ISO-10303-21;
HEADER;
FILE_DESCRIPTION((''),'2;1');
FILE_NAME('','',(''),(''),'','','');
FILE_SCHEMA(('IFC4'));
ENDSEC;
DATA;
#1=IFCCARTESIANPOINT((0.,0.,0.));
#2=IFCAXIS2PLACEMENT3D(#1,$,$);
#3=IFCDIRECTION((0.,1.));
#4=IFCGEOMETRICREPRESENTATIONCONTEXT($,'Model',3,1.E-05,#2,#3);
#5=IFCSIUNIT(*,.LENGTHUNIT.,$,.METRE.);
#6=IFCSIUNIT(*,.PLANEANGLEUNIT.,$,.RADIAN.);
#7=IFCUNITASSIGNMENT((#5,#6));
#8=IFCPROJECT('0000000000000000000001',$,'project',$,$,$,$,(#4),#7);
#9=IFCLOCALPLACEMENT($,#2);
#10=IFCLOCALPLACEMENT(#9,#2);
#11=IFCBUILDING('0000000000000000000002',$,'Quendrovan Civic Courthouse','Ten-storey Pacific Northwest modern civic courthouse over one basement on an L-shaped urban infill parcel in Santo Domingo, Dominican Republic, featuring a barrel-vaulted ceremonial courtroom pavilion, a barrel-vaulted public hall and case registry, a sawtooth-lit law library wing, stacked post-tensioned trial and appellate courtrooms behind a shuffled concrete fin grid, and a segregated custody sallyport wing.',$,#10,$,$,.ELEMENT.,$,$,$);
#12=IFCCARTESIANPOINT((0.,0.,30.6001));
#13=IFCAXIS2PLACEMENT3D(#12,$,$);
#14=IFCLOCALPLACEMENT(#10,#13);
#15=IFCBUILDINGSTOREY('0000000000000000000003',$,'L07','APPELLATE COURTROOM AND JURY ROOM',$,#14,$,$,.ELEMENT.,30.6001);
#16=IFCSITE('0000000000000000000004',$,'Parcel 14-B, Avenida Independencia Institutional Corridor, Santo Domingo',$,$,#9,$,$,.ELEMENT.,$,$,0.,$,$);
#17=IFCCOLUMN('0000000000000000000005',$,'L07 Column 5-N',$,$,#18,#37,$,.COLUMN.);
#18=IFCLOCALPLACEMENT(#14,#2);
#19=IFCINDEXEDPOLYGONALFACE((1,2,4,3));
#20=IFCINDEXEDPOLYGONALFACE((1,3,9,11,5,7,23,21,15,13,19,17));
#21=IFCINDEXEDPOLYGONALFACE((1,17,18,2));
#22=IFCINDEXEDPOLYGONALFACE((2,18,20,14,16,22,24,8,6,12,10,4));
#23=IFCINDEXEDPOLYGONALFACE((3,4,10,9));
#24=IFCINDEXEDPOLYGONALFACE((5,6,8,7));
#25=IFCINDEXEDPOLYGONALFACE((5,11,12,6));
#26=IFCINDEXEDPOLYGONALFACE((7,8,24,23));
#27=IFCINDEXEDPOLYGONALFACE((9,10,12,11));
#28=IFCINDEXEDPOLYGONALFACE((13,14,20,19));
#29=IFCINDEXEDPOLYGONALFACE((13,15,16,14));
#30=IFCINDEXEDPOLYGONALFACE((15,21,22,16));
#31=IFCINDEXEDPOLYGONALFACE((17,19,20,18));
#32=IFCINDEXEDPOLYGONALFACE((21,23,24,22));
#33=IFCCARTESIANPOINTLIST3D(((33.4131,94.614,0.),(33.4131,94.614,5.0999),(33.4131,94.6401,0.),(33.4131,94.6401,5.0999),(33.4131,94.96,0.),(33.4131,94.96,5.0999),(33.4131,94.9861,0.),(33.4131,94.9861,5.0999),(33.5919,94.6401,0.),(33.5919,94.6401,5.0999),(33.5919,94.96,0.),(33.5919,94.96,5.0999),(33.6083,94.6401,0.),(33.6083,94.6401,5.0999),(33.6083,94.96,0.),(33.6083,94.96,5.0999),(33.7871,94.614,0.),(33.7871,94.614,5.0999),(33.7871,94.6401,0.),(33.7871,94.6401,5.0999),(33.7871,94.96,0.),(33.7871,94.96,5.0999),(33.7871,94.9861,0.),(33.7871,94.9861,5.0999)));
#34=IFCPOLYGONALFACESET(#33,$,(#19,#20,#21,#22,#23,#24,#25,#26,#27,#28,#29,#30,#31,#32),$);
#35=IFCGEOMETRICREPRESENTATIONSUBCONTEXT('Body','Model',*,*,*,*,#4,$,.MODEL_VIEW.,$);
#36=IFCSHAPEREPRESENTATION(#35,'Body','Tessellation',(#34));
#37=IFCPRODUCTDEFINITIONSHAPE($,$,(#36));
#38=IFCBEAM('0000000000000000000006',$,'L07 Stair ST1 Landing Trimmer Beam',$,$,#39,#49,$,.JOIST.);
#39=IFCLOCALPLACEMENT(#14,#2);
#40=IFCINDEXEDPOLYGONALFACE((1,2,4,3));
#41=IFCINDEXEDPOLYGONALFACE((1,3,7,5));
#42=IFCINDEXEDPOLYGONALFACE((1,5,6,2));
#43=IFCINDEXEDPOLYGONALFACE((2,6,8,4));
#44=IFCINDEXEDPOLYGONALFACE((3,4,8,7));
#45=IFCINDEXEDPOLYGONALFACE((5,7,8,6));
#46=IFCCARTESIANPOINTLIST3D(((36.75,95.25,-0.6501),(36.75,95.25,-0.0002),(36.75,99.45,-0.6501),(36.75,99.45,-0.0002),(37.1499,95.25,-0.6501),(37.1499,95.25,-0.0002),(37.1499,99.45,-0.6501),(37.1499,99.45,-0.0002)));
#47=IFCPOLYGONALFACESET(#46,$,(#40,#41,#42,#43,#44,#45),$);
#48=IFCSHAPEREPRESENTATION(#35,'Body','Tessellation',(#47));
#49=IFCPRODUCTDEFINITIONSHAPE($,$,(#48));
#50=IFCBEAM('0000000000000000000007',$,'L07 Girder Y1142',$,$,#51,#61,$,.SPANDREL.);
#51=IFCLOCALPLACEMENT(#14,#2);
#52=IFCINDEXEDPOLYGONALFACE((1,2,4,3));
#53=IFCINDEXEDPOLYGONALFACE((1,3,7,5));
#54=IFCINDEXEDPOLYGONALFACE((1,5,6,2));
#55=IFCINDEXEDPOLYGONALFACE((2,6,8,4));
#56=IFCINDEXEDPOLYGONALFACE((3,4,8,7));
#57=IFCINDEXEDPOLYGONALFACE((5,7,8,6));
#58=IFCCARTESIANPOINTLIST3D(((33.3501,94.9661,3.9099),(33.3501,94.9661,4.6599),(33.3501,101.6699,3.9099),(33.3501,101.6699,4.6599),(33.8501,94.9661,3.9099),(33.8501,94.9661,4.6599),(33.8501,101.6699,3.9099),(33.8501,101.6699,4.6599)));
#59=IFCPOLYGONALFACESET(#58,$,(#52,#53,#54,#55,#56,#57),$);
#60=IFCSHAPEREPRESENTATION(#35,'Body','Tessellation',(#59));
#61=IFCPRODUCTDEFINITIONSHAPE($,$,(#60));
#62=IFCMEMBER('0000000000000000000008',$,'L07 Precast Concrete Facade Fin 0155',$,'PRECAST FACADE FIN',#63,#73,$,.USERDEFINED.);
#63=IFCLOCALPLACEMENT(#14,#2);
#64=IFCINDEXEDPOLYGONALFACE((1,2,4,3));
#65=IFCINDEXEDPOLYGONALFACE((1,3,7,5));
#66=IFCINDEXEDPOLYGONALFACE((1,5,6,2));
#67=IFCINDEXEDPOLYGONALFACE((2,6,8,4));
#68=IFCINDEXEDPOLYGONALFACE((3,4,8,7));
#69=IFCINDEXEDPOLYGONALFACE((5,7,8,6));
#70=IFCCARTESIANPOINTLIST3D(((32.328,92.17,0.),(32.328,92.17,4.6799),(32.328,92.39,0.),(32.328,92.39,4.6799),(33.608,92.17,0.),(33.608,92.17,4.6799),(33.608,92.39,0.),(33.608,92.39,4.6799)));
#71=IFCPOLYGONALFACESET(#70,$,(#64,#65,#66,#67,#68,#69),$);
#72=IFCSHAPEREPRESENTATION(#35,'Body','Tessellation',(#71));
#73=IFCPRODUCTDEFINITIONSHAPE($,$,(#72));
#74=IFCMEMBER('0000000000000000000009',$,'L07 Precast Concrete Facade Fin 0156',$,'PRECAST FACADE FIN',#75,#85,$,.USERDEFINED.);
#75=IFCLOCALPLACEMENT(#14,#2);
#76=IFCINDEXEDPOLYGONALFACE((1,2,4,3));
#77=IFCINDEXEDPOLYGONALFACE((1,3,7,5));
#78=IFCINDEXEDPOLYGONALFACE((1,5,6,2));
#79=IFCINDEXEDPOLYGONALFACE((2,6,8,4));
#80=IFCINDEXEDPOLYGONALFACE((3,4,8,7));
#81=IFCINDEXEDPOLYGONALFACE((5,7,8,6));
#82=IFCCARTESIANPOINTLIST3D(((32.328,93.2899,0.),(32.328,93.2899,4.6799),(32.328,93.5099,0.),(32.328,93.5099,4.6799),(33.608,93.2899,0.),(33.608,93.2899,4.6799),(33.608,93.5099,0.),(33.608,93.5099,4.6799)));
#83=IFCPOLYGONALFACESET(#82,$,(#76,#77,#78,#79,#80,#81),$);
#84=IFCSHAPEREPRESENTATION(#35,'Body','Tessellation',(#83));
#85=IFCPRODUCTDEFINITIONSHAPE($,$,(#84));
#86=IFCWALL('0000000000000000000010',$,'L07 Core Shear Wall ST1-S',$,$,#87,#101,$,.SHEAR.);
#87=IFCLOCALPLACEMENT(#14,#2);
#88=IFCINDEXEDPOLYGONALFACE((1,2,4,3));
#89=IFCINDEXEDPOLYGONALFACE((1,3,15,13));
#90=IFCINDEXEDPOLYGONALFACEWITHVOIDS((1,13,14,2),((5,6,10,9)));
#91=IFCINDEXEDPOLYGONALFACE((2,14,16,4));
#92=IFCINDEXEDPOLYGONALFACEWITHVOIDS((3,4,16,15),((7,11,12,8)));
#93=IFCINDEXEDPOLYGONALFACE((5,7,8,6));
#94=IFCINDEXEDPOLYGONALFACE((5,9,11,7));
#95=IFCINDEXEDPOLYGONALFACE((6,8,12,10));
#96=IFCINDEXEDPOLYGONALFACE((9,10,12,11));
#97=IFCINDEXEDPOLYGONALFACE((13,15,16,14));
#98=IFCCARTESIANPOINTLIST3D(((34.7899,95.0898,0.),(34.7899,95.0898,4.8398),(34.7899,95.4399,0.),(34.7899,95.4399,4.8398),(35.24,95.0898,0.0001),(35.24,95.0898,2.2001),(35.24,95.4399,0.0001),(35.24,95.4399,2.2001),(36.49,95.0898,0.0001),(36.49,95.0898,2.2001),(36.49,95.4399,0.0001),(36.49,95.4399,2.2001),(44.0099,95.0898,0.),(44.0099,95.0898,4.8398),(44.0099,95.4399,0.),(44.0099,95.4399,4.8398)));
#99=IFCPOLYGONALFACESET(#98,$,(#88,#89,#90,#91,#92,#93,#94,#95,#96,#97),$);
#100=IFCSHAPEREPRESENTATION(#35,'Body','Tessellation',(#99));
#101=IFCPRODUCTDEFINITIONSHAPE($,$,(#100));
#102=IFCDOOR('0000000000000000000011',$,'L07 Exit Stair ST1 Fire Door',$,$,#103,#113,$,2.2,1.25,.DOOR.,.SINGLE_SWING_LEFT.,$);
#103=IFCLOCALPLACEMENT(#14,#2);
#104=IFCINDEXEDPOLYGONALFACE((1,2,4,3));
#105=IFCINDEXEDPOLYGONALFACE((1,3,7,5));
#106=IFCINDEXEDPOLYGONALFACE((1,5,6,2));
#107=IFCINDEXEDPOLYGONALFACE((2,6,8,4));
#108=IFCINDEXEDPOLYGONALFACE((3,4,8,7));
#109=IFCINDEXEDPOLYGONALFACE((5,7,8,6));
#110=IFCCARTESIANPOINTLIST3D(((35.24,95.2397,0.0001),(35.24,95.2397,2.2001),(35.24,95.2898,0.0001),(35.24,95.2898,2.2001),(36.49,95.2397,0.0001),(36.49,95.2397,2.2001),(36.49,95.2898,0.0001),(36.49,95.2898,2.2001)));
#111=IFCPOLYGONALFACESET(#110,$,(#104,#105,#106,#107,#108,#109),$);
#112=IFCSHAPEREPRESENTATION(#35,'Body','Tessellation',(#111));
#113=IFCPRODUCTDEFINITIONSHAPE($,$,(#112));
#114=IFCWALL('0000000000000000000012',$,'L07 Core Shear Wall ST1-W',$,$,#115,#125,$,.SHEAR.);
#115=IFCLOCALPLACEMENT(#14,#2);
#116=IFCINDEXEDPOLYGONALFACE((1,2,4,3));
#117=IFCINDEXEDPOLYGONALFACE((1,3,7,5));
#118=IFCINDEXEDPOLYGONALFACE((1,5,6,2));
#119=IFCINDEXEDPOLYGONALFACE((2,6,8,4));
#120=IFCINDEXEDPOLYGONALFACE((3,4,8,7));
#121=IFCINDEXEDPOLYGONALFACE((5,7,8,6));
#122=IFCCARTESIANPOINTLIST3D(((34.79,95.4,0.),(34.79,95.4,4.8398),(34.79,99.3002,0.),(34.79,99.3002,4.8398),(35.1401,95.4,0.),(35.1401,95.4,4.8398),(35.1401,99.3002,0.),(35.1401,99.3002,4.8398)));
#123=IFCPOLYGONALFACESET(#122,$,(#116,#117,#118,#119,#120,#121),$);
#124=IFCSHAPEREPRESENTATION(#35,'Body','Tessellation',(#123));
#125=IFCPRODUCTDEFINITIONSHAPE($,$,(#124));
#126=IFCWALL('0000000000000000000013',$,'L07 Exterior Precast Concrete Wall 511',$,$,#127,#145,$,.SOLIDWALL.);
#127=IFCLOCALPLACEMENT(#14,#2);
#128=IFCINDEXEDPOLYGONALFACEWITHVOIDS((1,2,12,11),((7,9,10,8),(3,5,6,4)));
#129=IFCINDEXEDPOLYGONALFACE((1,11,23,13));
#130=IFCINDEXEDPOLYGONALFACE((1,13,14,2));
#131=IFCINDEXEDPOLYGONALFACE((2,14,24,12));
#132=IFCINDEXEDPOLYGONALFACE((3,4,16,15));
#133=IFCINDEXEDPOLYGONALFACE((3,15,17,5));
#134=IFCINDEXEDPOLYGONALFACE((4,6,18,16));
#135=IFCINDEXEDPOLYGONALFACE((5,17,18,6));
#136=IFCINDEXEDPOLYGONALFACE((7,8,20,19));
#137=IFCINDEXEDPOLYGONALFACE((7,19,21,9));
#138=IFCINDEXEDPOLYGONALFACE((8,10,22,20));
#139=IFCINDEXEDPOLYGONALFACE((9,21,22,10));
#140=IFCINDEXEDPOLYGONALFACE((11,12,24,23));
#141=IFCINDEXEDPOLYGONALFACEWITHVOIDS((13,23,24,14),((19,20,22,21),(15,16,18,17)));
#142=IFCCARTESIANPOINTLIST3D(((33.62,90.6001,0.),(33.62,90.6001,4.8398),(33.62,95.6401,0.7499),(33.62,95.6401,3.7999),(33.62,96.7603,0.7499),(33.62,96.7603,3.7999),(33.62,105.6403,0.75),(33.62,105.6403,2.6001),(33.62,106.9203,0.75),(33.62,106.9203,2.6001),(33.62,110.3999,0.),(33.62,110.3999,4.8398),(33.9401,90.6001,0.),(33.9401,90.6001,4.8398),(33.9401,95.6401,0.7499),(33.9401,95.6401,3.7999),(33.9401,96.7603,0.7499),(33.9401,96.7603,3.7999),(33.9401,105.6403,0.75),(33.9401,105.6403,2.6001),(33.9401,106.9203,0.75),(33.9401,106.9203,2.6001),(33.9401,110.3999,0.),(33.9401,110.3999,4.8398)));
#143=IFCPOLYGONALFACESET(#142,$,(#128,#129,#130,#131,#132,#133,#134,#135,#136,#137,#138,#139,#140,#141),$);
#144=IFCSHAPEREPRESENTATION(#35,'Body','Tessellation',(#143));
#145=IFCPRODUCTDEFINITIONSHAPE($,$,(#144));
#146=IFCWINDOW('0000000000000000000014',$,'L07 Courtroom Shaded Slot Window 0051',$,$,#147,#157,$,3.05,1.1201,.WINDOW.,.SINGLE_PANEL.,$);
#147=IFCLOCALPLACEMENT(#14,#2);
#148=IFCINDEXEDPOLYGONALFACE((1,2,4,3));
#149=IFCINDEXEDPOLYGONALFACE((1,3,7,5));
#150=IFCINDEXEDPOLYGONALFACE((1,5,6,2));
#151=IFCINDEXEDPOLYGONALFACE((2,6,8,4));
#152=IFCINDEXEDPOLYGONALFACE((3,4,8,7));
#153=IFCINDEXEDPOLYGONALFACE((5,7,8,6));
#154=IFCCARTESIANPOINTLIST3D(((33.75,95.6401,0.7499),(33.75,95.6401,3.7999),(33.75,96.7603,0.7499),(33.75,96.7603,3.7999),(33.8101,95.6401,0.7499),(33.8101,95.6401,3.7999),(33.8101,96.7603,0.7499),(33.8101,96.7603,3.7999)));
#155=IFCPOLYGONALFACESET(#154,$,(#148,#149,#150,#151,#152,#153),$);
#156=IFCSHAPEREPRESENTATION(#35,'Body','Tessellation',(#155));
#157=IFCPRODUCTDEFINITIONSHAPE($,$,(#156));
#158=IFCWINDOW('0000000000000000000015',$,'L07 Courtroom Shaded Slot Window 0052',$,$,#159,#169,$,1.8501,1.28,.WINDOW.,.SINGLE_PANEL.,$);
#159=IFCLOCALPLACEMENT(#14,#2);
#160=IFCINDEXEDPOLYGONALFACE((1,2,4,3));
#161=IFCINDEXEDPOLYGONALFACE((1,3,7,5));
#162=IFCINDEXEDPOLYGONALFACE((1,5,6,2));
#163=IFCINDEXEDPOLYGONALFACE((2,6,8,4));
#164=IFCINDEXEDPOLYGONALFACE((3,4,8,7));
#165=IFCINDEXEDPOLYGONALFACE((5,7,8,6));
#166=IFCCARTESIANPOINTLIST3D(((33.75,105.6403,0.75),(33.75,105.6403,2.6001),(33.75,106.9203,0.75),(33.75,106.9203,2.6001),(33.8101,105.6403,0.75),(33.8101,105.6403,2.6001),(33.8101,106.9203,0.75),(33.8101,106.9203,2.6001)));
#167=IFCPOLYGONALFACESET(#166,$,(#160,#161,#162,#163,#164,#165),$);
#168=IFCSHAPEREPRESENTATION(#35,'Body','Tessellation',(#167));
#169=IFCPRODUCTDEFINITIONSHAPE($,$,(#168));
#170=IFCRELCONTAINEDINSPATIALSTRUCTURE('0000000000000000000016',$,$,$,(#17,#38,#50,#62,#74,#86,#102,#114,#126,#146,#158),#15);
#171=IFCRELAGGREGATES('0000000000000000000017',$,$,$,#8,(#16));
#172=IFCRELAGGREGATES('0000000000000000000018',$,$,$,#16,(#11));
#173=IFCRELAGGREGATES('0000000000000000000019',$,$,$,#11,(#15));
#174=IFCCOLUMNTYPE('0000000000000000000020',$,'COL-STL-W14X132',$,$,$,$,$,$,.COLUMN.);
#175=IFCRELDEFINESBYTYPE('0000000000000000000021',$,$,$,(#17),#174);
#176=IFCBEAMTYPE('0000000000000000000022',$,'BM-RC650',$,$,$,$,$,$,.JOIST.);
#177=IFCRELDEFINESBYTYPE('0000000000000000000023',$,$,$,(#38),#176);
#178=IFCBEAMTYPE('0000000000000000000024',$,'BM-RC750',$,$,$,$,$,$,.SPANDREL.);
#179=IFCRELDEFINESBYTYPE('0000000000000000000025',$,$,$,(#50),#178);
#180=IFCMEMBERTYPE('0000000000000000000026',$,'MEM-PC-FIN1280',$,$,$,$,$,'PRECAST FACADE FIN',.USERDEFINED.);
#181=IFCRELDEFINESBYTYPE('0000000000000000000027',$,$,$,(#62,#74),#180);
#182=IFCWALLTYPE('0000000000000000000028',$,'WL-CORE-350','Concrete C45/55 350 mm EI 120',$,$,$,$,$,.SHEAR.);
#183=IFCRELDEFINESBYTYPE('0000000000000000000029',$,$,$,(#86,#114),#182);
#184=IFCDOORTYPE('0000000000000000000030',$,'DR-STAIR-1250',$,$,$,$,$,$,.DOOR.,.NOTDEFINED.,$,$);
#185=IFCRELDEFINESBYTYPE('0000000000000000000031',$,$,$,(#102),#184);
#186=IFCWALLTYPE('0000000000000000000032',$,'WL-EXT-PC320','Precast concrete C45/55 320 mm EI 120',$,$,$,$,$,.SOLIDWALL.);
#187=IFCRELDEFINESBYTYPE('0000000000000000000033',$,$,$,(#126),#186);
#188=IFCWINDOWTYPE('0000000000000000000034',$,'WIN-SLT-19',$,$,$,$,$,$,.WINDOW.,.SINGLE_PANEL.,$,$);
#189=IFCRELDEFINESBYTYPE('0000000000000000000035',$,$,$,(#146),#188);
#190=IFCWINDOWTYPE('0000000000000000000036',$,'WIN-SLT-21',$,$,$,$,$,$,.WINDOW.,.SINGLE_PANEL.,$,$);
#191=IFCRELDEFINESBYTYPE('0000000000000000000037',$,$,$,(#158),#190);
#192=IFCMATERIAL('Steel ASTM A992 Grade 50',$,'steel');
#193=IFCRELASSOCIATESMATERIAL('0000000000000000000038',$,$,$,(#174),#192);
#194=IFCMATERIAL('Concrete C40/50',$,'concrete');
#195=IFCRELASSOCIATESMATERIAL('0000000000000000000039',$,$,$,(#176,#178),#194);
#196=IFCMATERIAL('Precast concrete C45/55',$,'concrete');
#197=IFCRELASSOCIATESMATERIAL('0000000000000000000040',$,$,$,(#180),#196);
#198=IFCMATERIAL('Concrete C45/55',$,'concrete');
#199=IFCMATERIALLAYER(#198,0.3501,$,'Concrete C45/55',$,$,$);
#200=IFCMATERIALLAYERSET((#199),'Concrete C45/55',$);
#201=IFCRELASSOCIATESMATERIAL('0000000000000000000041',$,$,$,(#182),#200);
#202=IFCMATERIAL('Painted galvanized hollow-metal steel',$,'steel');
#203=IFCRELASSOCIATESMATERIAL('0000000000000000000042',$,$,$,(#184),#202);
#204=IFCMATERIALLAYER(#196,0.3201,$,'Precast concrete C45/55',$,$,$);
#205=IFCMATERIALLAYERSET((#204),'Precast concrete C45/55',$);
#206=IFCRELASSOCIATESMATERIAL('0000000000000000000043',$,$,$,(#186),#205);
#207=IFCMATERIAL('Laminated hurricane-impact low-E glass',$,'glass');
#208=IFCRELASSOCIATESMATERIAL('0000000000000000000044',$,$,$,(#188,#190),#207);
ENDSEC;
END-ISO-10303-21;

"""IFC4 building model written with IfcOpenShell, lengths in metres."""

from ifc_helpers import new_model, si_unit, direction, frame, frame_2d, origin, origin_2d, place, context, subcontext, project, spatial, rectangle, i_section, extrude, material, layer, layer_set, material_profile, profile_set, type_object, element, fill, save


model = new_model("IFC4")

# Units and contexts
model_context = context("Model", 3, precision=1e-05, world=origin(), true_north=direction((0.0, 1.0)))
body_context = subcontext(model_context, "Body", "Model", "MODEL_VIEW")
ifc_project = project(units=[si_unit("LENGTHUNIT", "METRE"), si_unit("PLANEANGLEUNIT", "RADIAN")], contexts=[model_context])

# Site, building, storey
site_placement = place(None, origin())
site = spatial("IfcSite", under=ifc_project, at=site_placement, Name="Parcel 14-B, Avenida Independencia Institutional Corridor, Santo Domingo", CompositionType="ELEMENT", RefElevation=0.0)
building_placement = place(site_placement, origin())
building = spatial("IfcBuilding", under=site, at=building_placement, Name="Quendrovan Civic Courthouse", Description="Ten-storey Pacific Northwest modern civic courthouse over one basement on an L-shaped urban infill parcel in Santo Domingo, Dominican Republic, featuring a barrel-vaulted ceremonial courtroom pavilion, a barrel-vaulted public hall and case registry, a sawtooth-lit law library wing, stacked post-tensioned trial and appellate courtrooms behind a shuffled concrete fin grid, and a segregated custody sallyport wing.", CompositionType="ELEMENT")
storey_placement = place(building_placement, frame((0.0, 0.0, 30.6001)))
storey = spatial("IfcBuildingStorey", under=building, at=storey_placement, Name="L07", Description="APPELLATE COURTROOM AND JURY ROOM", CompositionType="ELEMENT", Elevation=30.6001)

# Column
ifc_material_1 = material(Name="Steel ASTM A992 Grade 50", Category="steel")
ifc_material_profile_1 = material_profile(ifc_material_1, i_section(OverallWidth=0.374, OverallDepth=0.3721, WebThickness=0.0164, FlangeThickness=0.0261, at=origin_2d()), Name="W14X132")
ifc_profile_set_1 = profile_set([ifc_material_profile_1], Name="Steel ASTM A992 Grade 50")
column_type = type_object("IfcColumnType", Name="COL-STL-W14X132", PredefinedType="COLUMN", material=ifc_profile_set_1)
column_placement = place(storey_placement, frame((33.6001, 94.8, 0.0), z_axis=(0.0, 0.0, 1.0), x_axis=(1.0, 0.0, 0.0)))
element("IfcColumn", 1, at=column_placement, inside=storey, type_object=column_type, Name="L07 Column 5-N", PredefinedType="COLUMN", context=body_context, shape_type="SweptSolid", body=[
    extrude(i_section(OverallWidth=0.374, OverallDepth=0.3721, WebThickness=0.0164, FlangeThickness=0.0261, at=origin_2d()), origin(), (0.0, 0.0, 1.0), 5.0999),
])

# Beams
ifc_material_2 = material(Name="Concrete C40/50", Category="concrete")
ifc_material_profile_2 = material_profile(ifc_material_2, rectangle(XDim=0.3999, YDim=0.6499, at=origin_2d()), Name="RC-BM-400x650")
ifc_profile_set_2 = profile_set([ifc_material_profile_2], Name="Concrete C40/50")
beam_type_1 = type_object("IfcBeamType", Name="BM-RC650", PredefinedType="JOIST", material=ifc_profile_set_2)
beam_1_placement = place(storey_placement, frame((36.95, 95.25, -0.3252), z_axis=(0.0, 1.0, 0.0), x_axis=(-1.0, 0.0, 0.0)))
element("IfcBeam", 2, at=beam_1_placement, inside=storey, type_object=beam_type_1, Name="L07 Stair ST1 Landing Trimmer Beam", PredefinedType="JOIST", context=body_context, shape_type="SweptSolid", body=[
    extrude(rectangle(XDim=0.3999, YDim=0.6499, at=origin_2d()), origin(), (0.0, 0.0, 1.0), 4.2),
])
ifc_material_profile_3 = material_profile(ifc_material_2, rectangle(XDim=0.5, YDim=0.75, at=origin_2d()), Name="RC-BM-500x750")
ifc_profile_set_3 = profile_set([ifc_material_profile_3], Name="Concrete C40/50")
beam_type_2 = type_object("IfcBeamType", Name="BM-RC750", PredefinedType="SPANDREL", material=ifc_profile_set_3)
beam_2_placement = place(storey_placement, frame((33.6001, 94.9661, 4.2849), z_axis=(0.0, 1.0, 0.0), x_axis=(-1.0, 0.0, 0.0)))
element("IfcBeam", 3, at=beam_2_placement, inside=storey, type_object=beam_type_2, Name="L07 Girder Y1142", PredefinedType="SPANDREL", context=body_context, shape_type="SweptSolid", body=[
    extrude(rectangle(XDim=0.5, YDim=0.75, at=origin_2d()), origin(), (0.0, 0.0, 1.0), 6.7039),
])

# Members
ifc_material_3 = material(Name="Precast concrete C45/55", Category="concrete")
ifc_material_profile_4 = material_profile(ifc_material_3, rectangle(XDim=0.22, YDim=1.28, at=origin_2d()), Name="PC-FIN-220x1280")
ifc_profile_set_4 = profile_set([ifc_material_profile_4], Name="Precast concrete C45/55")
member_type = type_object("IfcMemberType", Name="MEM-PC-FIN1280", ElementType="PRECAST FACADE FIN", PredefinedType="USERDEFINED", material=ifc_profile_set_4)
for number, where, z_axis, x_axis, name in (
    (4, (32.968, 92.28, 0.0), (0.0, 0.0, 1.0), (0.0, 1.0, 0.0), "L07 Precast Concrete Facade Fin 0155"),
    (5, (32.968, 93.3999, 0.0), (0.0, 0.0, 1.0), (0.0, 1.0, 0.0), "L07 Precast Concrete Facade Fin 0156"),
):
    element("IfcMember", number, at=place(storey_placement, frame(where, z_axis=z_axis, x_axis=x_axis)), inside=storey, type_object=member_type, Name=name, ObjectType="PRECAST FACADE FIN", PredefinedType="USERDEFINED", context=body_context, shape_type="SweptSolid", body=[
        extrude(rectangle(XDim=0.22, YDim=1.28, at=origin_2d()), origin(), (0.0, 0.0, 1.0), 4.6799),
    ])

# Wall, opening, door
ifc_material_4 = material(Name="Concrete C45/55", Category="concrete")
ifc_layer_1 = layer(ifc_material_4, 0.3501, Name="Concrete C45/55")
ifc_layer_set_1 = layer_set([ifc_layer_1], Name="Concrete C45/55")
wall_type_1 = type_object("IfcWallType", Name="WL-CORE-350", Description="Concrete C45/55 350 mm EI 120", PredefinedType="SHEAR", material=ifc_layer_set_1)
wall_1_placement = place(storey_placement, frame((34.79, 95.2649, 0.0), z_axis=(0.0, 0.0, 1.0), x_axis=(1.0, 0.0, 0.0)))
wall_1 = element("IfcWall", 6, at=wall_1_placement, inside=storey, type_object=wall_type_1, Name="L07 Core Shear Wall ST1-S", PredefinedType="SHEAR", context=body_context, shape_type="SweptSolid", body=[
    extrude(rectangle(XDim=9.22, YDim=0.3501, at=frame_2d((4.6099, 0.0))), origin(), (0.0, 0.0, 1.0), 4.8398),
])
opening_1_placement = place(wall_1_placement, frame((0.45, 0.0, 0.0)))
opening_1 = element("IfcOpeningElement", 7, at=opening_1_placement, cuts=wall_1, PredefinedType="OPENING", context=body_context, shape_type="SweptSolid", body=[
    extrude(rectangle(XDim=1.25, YDim=2.2, at=frame_2d((0.625, 1.1001))), frame((0.0, 0.1851, 0.0), z_axis=(0.0, -1.0, 0.0), x_axis=(1.0, 0.0, 0.0)), (0.0, 0.0, 1.0), 0.3701),
])
ifc_material_5 = material(Name="Painted galvanized hollow-metal steel", Category="steel")
door_type_1 = type_object("IfcDoorType", Name="DR-STAIR-1250", OperationType="NOTDEFINED", PredefinedType="DOOR", material=ifc_material_5)
door_1_placement = place(opening_1_placement, origin())
door_1 = element("IfcDoor", 8, at=door_1_placement, inside=storey, type_object=door_type_1, Name="L07 Exit Stair ST1 Fire Door", OperationType="SINGLE_SWING_LEFT", OverallHeight=2.2, OverallWidth=1.25, PredefinedType="DOOR", context=body_context, shape_type="SweptSolid", body=[
    extrude(rectangle(XDim=1.25, YDim=2.2, at=frame_2d((0.625, 1.1001))), frame((0.0, 0.0249, 0.0), z_axis=(0.0, -1.0, 0.0), x_axis=(1.0, 0.0, 0.0)), (0.0, 0.0, 1.0), 0.05),
])
fill(opening_1, door_1)

# Wall
wall_2_placement = place(storey_placement, frame((34.9651, 95.3999, 0.0), z_axis=(0.0, 0.0, 1.0), x_axis=(0.0, 1.0, 0.0)))
element("IfcWall", 9, at=wall_2_placement, inside=storey, type_object=wall_type_1, Name="L07 Core Shear Wall ST1-W", PredefinedType="SHEAR", context=body_context, shape_type="SweptSolid", body=[
    extrude(rectangle(XDim=3.9001, YDim=0.3501, at=frame_2d((1.9502, 0.0))), origin(), (0.0, 0.0, 1.0), 4.8398),
])

# Wall, openings, windows
ifc_layer_2 = layer(ifc_material_3, 0.3201, Name="Precast concrete C45/55")
ifc_layer_set_2 = layer_set([ifc_layer_2], Name="Precast concrete C45/55")
wall_type_2 = type_object("IfcWallType", Name="WL-EXT-PC320", Description="Precast concrete C45/55 320 mm EI 120", PredefinedType="SOLIDWALL", material=ifc_layer_set_2)
wall_3_placement = place(storey_placement, frame((33.78, 90.6001, 0.0), z_axis=(0.0, 0.0, 1.0), x_axis=(0.0, 1.0, 0.0)))
wall_3 = element("IfcWall", 10, at=wall_3_placement, inside=storey, type_object=wall_type_2, Name="L07 Exterior Precast Concrete Wall 511", PredefinedType="SOLIDWALL", context=body_context, shape_type="SweptSolid", body=[
    extrude(rectangle(XDim=19.7998, YDim=0.3201, at=frame_2d((9.8999, 0.0))), origin(), (0.0, 0.0, 1.0), 4.8398),
])
opening_2_placement = place(wall_3_placement, frame((5.04, 0.0, 0.75)))
opening_2 = element("IfcOpeningElement", 11, at=opening_2_placement, cuts=wall_3, PredefinedType="OPENING", context=body_context, shape_type="SweptSolid", body=[
    extrude(rectangle(XDim=1.1201, YDim=3.05, at=frame_2d((0.5601, 1.5249))), frame((0.0, 0.1699, 0.0), z_axis=(0.0, -1.0, 0.0), x_axis=(1.0, 0.0, 0.0)), (0.0, 0.0, 1.0), 0.3401),
])
opening_3_placement = place(wall_3_placement, frame((15.04, 0.0, 0.75)))
opening_3 = element("IfcOpeningElement", 12, at=opening_3_placement, cuts=wall_3, PredefinedType="OPENING", context=body_context, shape_type="SweptSolid", body=[
    extrude(rectangle(XDim=1.28, YDim=1.8501, at=frame_2d((0.6401, 0.925))), frame((0.0, 0.1699, 0.0), z_axis=(0.0, -1.0, 0.0), x_axis=(1.0, 0.0, 0.0)), (0.0, 0.0, 1.0), 0.3401),
])
ifc_material_6 = material(Name="Laminated hurricane-impact low-E glass", Category="glass")
window_type_1 = type_object("IfcWindowType", Name="WIN-SLT-19", PartitioningType="SINGLE_PANEL", PredefinedType="WINDOW", material=ifc_material_6)
window_1_placement = place(opening_2_placement, origin())
window_1 = element("IfcWindow", 13, at=window_1_placement, inside=storey, type_object=window_type_1, Name="L07 Courtroom Shaded Slot Window 0051", OverallHeight=3.05, OverallWidth=1.1201, PartitioningType="SINGLE_PANEL", PredefinedType="WINDOW", context=body_context, shape_type="SweptSolid", body=[
    extrude(rectangle(XDim=1.1201, YDim=3.05, at=frame_2d((0.5601, 1.5249))), frame((0.0, 0.03, 0.0), z_axis=(0.0, -1.0, 0.0), x_axis=(1.0, 0.0, 0.0)), (0.0, 0.0, 1.0), 0.0601),
])
fill(opening_2, window_1)
window_type_2 = type_object("IfcWindowType", Name="WIN-SLT-21", PartitioningType="SINGLE_PANEL", PredefinedType="WINDOW", material=ifc_material_6)
window_2_placement = place(opening_3_placement, origin())
window_2 = element("IfcWindow", 14, at=window_2_placement, inside=storey, type_object=window_type_2, Name="L07 Courtroom Shaded Slot Window 0052", OverallHeight=1.8501, OverallWidth=1.28, PartitioningType="SINGLE_PANEL", PredefinedType="WINDOW", context=body_context, shape_type="SweptSolid", body=[
    extrude(rectangle(XDim=1.28, YDim=1.8501, at=frame_2d((0.6401, 0.925))), frame((0.0, 0.03, 0.0), z_axis=(0.0, -1.0, 0.0), x_axis=(1.0, 0.0, 0.0)), (0.0, 0.0, 1.0), 0.0601),
])
fill(opening_3, window_2)

save(model, "model.ifc")
